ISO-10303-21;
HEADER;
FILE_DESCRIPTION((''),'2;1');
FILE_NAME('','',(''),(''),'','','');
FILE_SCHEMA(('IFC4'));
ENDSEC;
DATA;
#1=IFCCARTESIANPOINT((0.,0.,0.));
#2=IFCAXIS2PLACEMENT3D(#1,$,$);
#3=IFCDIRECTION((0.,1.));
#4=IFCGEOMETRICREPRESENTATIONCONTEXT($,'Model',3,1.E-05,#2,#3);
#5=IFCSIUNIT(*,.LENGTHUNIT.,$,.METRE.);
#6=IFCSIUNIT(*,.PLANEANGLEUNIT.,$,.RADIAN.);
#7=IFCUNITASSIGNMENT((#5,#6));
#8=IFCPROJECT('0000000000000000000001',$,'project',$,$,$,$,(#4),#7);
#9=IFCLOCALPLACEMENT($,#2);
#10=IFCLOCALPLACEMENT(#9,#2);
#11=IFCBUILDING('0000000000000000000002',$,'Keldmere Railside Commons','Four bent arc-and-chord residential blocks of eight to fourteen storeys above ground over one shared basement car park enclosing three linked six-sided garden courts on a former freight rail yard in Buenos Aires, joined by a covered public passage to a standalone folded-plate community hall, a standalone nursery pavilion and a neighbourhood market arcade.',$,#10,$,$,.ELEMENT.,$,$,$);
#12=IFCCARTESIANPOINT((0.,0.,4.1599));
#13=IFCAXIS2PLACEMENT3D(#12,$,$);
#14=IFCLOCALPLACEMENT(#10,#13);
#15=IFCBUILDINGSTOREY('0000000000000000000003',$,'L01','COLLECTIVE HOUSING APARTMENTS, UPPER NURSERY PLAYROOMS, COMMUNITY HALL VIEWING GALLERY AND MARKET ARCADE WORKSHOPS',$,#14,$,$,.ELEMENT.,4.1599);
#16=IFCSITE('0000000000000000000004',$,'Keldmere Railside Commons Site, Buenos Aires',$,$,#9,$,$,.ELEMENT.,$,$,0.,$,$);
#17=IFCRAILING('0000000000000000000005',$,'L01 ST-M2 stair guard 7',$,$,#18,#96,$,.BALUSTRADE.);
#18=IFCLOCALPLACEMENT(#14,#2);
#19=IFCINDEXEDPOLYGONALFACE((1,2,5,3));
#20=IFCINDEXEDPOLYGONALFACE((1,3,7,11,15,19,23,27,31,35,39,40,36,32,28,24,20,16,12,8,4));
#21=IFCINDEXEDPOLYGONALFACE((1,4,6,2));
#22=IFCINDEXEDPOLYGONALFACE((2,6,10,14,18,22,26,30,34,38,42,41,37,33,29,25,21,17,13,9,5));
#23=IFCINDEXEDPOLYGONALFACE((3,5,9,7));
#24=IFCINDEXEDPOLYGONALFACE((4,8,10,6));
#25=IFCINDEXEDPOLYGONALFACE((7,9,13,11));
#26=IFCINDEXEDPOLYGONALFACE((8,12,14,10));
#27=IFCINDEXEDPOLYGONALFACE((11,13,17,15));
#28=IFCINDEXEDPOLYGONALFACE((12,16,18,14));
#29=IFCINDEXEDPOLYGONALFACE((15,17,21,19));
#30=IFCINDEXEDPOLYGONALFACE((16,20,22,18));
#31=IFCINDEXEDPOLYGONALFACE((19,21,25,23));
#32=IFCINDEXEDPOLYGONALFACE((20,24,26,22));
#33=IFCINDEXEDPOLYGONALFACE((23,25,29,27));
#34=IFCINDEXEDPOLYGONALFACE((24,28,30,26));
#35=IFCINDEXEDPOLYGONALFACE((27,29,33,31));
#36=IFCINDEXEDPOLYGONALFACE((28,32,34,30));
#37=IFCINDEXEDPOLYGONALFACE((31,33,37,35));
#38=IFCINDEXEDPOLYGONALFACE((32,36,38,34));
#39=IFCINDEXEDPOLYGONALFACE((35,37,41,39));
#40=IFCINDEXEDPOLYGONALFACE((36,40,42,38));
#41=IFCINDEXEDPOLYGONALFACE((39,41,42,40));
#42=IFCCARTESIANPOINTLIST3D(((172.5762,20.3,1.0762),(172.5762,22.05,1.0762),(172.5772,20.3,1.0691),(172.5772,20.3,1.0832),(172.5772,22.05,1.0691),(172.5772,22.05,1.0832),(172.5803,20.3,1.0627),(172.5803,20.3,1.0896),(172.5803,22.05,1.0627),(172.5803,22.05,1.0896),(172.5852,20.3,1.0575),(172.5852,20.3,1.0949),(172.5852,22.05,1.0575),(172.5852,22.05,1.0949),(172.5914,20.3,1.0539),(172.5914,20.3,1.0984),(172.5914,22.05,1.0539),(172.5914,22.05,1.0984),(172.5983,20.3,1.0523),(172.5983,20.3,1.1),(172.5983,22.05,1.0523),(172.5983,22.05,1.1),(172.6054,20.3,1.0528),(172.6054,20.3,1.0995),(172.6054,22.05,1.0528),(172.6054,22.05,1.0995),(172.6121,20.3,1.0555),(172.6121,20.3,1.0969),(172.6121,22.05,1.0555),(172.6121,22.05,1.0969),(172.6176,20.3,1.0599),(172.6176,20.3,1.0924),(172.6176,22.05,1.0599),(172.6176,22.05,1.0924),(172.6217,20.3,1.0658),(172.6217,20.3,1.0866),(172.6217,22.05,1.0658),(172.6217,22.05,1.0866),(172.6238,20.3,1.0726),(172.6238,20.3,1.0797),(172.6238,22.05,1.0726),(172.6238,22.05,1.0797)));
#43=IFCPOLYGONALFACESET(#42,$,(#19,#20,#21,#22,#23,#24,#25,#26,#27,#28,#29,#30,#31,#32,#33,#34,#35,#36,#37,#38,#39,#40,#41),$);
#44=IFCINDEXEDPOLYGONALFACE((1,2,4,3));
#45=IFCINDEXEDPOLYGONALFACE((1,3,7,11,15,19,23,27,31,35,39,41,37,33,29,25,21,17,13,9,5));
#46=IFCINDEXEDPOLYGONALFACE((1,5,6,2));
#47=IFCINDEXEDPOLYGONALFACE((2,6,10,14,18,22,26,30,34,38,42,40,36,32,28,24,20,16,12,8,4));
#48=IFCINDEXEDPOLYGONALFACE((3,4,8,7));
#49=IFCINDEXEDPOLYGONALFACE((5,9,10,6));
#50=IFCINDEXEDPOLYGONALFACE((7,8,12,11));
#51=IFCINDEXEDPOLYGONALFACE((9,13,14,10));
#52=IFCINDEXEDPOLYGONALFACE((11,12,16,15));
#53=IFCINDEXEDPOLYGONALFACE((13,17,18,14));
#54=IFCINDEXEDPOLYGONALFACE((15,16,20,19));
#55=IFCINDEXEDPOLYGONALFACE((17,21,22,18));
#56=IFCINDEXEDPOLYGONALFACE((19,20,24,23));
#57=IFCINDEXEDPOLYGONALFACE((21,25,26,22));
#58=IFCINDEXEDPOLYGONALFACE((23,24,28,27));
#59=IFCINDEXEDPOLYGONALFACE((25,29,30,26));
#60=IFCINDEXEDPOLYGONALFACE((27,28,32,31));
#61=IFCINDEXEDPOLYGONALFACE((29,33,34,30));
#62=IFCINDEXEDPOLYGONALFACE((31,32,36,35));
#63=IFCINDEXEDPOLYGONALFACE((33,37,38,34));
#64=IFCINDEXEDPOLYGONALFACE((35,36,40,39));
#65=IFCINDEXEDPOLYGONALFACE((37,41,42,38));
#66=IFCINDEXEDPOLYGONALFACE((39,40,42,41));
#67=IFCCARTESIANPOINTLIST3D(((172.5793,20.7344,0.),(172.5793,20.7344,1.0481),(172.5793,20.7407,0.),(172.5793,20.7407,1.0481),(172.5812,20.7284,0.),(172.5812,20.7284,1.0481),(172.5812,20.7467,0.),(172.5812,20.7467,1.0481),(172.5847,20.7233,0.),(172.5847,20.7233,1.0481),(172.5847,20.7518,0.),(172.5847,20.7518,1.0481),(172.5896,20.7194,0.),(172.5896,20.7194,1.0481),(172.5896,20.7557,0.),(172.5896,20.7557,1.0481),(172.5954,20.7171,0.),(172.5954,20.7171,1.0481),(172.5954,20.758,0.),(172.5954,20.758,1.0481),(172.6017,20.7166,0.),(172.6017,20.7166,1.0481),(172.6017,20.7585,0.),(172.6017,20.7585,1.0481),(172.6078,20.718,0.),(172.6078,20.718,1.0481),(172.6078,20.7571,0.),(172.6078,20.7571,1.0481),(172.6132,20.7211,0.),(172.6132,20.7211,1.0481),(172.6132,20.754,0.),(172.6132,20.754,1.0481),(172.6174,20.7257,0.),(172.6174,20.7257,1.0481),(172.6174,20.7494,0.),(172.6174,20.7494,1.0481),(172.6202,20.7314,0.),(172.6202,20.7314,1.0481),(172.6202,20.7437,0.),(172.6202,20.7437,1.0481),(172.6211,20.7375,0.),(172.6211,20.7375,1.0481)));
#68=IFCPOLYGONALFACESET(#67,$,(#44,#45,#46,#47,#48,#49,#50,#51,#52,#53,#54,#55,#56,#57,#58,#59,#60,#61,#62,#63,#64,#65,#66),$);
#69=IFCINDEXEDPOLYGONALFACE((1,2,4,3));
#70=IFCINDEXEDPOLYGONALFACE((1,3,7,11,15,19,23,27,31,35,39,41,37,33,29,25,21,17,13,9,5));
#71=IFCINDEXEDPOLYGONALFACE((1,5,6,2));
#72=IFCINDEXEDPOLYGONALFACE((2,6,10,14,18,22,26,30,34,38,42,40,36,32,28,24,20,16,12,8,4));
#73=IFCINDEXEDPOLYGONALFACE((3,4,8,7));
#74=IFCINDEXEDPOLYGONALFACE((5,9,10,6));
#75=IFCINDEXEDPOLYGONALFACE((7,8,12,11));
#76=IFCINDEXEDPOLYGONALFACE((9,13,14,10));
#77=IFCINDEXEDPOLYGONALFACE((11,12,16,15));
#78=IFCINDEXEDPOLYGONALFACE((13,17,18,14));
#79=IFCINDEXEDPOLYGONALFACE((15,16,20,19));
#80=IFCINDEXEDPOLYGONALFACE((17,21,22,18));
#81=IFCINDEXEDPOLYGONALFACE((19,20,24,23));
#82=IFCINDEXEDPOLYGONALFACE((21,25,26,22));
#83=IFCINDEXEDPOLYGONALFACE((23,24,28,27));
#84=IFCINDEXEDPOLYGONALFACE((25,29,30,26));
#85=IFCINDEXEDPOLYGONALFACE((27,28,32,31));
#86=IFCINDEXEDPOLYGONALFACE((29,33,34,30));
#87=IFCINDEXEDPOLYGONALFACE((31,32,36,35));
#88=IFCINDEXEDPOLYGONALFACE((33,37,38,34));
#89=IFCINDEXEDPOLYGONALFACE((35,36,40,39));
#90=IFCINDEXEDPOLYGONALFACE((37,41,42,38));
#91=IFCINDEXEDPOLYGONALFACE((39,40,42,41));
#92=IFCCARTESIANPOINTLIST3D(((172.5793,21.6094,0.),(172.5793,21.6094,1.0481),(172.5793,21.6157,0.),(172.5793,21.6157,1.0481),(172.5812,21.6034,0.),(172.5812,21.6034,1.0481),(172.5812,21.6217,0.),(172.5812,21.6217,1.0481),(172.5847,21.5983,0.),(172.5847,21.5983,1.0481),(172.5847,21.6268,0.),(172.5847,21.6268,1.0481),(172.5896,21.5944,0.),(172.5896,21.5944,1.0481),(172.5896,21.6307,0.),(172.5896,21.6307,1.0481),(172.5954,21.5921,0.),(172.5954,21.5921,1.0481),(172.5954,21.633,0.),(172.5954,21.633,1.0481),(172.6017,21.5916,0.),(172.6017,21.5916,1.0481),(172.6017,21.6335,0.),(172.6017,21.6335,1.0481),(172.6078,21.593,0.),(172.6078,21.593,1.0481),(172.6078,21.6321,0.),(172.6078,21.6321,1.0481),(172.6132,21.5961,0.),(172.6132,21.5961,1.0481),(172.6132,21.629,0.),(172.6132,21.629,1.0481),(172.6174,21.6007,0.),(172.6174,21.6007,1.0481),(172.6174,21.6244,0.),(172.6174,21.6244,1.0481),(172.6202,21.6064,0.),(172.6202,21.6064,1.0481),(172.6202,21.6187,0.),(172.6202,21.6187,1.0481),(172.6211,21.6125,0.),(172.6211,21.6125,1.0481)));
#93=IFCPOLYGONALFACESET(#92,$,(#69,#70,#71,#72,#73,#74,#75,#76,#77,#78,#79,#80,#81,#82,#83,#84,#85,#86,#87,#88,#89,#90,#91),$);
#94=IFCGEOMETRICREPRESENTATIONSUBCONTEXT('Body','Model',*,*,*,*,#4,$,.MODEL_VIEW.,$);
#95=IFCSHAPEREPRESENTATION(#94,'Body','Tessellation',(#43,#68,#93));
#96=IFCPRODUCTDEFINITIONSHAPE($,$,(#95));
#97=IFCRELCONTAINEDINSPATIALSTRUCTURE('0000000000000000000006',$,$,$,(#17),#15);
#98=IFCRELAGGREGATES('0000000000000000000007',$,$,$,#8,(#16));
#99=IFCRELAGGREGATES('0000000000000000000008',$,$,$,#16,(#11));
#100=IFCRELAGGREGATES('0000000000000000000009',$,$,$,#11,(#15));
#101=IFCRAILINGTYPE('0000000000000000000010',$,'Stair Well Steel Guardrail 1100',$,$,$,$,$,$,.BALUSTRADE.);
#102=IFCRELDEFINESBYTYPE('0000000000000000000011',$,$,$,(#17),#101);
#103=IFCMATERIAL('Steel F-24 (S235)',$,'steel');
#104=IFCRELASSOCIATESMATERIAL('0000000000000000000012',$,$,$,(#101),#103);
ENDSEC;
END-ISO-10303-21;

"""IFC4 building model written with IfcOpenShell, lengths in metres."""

from ifc_helpers import new_model, si_unit, direction, frame, origin, origin_2d, place, context, subcontext, project, spatial, circle, extrude, material, type_object, element, save


model = new_model("IFC4")

# Units and contexts
model_context = context("Model", 3, precision=1e-05, world=origin(), true_north=direction((0.0, 1.0)))
body_context = subcontext(model_context, "Body", "Model", "MODEL_VIEW")
ifc_project = project(units=[si_unit("LENGTHUNIT", "METRE"), si_unit("PLANEANGLEUNIT", "RADIAN")], contexts=[model_context])

# Site, building, storey
site_placement = place(None, origin())
site = spatial("IfcSite", under=ifc_project, at=site_placement, Name="Keldmere Railside Commons Site, Buenos Aires", CompositionType="ELEMENT", RefElevation=0.0)
building_placement = place(site_placement, origin())
building = spatial("IfcBuilding", under=site, at=building_placement, Name="Keldmere Railside Commons", Description="Four bent arc-and-chord residential blocks of eight to fourteen storeys above ground over one shared basement car park enclosing three linked six-sided garden courts on a former freight rail yard in Buenos Aires, joined by a covered public passage to a standalone folded-plate community hall, a standalone nursery pavilion and a neighbourhood market arcade.", CompositionType="ELEMENT")
storey_placement = place(building_placement, frame((0.0, 0.0, 4.1599)))
storey = spatial("IfcBuildingStorey", under=building, at=storey_placement, Name="L01", Description="COLLECTIVE HOUSING APARTMENTS, UPPER NURSERY PLAYROOMS, COMMUNITY HALL VIEWING GALLERY AND MARKET ARCADE WORKSHOPS", CompositionType="ELEMENT", Elevation=4.1599)

# Shared definitions
ifc_material_1 = material(Name="Steel F-24 (S235)", Category="steel")

# Railing
railing_type_1 = type_object("IfcRailingType", Name="Stair Well Steel Guardrail 1100", PredefinedType="BALUSTRADE", material=ifc_material_1)
railing_1_placement = place(storey_placement, frame((172.6001, 20.3, 0.0)))
element("IfcRailing", 1, at=railing_1_placement, inside=storey, type_object=railing_type_1, Name="L01 ST-M2 stair guard 7", PredefinedType="BALUSTRADE", context=body_context, shape_type="SweptSolid", body=[
    extrude(circle(Radius=0.0239, at=origin_2d()), frame((0.0, 0.0, 1.0762), z_axis=(0.0, 1.0, 0.0), x_axis=(-1.0, 0.0, 0.0)), (0.0, 0.0, 1.0), 1.75),
    extrude(circle(Radius=0.021, at=origin_2d()), frame((0.0, 0.4375, 0.0)), (0.0, 0.0, 1.0), 1.0481),
    extrude(circle(Radius=0.021, at=origin_2d()), frame((0.0, 1.3125, 0.0)), (0.0, 0.0, 1.0), 1.0481),
])

save(model, "model.ifc")
